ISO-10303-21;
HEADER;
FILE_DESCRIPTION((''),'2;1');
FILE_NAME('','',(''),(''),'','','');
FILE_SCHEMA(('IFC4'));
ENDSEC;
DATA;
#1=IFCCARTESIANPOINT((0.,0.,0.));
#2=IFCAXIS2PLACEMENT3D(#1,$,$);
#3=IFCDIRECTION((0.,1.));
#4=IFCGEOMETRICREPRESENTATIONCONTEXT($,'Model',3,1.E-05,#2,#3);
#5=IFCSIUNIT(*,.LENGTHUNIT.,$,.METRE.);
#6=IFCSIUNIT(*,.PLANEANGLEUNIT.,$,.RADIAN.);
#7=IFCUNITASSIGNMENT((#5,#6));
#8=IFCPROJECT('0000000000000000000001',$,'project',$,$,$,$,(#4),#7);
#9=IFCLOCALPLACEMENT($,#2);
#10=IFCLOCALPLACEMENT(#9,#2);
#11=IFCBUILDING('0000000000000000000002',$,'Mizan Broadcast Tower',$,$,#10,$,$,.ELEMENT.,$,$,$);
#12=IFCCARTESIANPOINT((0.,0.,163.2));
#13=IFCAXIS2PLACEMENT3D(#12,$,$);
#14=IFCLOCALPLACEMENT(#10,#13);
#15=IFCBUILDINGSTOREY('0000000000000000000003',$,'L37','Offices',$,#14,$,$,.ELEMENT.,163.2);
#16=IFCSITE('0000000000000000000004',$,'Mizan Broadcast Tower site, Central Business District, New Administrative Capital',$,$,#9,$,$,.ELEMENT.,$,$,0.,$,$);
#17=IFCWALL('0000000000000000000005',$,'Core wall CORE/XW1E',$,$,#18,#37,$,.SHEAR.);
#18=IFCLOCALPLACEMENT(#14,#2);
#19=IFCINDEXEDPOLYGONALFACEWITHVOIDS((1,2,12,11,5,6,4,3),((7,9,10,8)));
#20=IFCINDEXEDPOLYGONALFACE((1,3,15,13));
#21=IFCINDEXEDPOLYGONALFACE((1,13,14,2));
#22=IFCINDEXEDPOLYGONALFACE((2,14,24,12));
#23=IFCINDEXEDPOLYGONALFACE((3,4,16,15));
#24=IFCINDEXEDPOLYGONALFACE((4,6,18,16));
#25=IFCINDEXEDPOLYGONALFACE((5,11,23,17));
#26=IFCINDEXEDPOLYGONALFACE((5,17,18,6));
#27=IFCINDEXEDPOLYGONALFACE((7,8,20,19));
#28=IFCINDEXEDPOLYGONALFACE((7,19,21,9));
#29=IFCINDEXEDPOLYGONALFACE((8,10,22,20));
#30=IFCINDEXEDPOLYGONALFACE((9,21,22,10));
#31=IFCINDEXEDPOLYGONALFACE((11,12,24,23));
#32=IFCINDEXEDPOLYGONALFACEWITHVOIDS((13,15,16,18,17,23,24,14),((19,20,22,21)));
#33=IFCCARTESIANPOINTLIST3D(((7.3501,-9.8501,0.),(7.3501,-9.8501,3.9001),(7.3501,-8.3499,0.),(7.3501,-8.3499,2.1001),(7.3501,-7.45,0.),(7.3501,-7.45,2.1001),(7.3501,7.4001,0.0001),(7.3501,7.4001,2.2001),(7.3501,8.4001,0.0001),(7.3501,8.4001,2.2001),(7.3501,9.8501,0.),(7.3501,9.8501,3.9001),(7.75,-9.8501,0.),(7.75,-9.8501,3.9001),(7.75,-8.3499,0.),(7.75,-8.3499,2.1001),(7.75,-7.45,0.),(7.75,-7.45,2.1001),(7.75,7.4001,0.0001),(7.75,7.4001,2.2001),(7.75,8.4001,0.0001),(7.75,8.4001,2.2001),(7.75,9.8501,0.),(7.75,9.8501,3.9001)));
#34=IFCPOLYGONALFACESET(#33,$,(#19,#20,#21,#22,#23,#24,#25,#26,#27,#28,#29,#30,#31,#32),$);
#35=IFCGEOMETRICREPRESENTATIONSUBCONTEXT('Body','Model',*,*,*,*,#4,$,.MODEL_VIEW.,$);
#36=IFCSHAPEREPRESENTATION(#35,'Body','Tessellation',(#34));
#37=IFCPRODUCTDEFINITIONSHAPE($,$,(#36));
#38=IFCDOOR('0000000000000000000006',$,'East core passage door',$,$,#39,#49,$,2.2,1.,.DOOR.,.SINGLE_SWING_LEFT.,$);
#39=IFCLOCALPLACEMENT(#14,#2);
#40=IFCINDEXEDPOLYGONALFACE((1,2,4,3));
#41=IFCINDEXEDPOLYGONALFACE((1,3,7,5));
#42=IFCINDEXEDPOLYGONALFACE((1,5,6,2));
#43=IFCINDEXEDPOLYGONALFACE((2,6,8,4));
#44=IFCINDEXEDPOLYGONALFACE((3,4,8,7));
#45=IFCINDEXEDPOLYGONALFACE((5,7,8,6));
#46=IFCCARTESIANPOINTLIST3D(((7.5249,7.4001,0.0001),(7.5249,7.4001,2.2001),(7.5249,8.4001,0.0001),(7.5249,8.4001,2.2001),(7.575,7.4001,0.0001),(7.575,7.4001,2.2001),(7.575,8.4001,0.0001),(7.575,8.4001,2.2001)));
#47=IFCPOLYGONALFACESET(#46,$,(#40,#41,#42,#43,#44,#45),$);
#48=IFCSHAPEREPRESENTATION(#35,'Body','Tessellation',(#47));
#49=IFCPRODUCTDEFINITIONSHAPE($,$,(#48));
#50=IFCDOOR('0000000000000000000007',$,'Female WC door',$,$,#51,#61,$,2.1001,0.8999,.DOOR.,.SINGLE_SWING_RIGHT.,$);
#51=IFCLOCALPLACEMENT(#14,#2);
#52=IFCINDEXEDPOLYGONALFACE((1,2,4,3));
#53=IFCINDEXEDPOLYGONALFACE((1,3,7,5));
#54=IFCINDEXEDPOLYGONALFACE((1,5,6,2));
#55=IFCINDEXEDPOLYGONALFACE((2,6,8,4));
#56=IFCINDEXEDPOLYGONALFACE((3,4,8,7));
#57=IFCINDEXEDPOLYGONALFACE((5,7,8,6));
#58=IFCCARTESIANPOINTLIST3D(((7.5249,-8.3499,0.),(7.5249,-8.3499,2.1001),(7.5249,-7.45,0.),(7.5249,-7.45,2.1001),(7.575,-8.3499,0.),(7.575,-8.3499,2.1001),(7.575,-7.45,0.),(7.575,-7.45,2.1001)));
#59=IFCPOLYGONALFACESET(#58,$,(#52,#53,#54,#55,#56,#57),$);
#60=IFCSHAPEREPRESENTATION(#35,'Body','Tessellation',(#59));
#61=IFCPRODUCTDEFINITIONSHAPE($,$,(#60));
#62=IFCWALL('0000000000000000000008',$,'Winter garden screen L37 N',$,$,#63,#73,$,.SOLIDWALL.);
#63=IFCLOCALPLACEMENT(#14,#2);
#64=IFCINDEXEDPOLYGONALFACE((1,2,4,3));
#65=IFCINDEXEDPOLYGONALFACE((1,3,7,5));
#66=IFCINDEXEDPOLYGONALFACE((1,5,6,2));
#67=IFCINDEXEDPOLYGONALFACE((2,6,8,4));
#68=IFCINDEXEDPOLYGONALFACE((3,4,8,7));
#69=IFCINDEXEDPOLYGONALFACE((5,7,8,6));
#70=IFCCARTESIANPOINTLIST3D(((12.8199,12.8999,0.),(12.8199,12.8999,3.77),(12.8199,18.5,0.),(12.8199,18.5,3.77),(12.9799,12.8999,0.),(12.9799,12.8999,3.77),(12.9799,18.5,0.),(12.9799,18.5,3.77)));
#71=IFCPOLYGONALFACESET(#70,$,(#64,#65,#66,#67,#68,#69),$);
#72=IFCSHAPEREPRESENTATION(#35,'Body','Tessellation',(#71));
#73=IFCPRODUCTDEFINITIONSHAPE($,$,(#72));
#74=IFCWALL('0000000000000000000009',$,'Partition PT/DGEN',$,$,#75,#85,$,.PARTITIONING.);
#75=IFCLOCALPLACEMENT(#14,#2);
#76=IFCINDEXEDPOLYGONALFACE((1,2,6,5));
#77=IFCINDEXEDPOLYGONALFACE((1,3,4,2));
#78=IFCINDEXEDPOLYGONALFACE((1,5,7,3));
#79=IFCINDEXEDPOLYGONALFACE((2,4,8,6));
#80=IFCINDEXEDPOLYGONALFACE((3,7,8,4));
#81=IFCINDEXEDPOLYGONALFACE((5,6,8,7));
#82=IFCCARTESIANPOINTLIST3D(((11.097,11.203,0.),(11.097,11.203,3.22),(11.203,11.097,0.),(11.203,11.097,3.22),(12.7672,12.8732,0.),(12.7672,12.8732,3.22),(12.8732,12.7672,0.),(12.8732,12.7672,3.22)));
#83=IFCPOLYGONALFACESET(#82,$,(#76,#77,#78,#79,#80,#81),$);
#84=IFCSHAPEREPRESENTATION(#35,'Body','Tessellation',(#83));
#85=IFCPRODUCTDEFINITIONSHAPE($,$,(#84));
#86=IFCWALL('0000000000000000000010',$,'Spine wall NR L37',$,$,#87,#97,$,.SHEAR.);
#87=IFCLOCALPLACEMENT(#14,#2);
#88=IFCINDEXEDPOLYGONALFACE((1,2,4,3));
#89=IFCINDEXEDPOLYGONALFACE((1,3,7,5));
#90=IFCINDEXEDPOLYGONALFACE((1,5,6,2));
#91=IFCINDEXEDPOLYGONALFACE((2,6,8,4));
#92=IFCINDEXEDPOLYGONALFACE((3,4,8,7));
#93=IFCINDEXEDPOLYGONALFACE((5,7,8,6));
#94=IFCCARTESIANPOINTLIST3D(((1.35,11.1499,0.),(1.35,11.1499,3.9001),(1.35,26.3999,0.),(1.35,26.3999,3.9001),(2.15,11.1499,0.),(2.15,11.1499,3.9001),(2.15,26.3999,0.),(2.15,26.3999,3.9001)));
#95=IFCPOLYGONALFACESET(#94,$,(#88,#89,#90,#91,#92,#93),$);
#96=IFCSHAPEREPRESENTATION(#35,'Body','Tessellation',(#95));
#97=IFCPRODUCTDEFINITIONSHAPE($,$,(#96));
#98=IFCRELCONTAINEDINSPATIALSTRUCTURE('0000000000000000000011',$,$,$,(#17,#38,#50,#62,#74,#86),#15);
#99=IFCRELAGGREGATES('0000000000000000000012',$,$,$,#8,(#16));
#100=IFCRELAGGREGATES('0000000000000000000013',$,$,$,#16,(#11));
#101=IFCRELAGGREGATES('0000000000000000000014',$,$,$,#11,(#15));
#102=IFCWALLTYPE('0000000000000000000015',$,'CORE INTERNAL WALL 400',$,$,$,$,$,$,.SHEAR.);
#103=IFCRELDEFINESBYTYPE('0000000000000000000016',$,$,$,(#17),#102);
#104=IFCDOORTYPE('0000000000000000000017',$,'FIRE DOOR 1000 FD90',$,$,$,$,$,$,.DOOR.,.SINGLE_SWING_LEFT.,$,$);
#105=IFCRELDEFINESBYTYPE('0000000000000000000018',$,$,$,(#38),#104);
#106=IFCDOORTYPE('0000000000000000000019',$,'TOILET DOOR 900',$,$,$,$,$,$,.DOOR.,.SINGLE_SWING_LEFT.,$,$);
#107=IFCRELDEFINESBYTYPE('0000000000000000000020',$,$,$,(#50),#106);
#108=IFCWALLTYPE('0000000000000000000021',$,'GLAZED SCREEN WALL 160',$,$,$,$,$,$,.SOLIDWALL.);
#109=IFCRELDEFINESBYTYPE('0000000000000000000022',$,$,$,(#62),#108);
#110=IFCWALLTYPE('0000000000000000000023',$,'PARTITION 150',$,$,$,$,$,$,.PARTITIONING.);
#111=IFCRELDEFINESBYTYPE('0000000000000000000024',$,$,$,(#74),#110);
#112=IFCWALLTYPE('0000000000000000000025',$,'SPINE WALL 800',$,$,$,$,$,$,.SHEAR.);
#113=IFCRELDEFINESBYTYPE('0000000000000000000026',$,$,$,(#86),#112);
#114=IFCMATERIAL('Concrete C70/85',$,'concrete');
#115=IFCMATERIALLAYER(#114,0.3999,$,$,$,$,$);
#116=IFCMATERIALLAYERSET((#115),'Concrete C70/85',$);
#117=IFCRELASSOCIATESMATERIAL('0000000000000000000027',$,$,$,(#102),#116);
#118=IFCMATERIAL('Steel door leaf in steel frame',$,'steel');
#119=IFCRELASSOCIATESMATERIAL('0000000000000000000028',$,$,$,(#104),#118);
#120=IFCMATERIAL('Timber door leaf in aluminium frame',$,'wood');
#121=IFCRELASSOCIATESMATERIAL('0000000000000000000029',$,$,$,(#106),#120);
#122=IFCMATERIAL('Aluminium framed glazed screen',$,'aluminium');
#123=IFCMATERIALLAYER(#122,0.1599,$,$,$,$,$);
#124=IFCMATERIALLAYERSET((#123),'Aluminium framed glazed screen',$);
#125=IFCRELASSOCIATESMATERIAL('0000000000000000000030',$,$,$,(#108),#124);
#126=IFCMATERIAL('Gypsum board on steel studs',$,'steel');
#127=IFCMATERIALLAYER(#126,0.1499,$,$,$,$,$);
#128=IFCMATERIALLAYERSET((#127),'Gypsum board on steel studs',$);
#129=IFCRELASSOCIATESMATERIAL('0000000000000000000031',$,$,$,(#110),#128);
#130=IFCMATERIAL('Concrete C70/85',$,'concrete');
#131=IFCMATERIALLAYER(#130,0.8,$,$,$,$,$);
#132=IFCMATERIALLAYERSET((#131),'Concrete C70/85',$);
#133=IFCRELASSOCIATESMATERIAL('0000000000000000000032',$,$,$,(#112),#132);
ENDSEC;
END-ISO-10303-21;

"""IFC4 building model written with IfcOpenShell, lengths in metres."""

from ifc_helpers import new_model, si_unit, direction, frame, frame_2d, origin, place, context, subcontext, project, spatial, rectangle, extrude, material, layer, layer_set, type_object, element, fill, save


model = new_model("IFC4")

# Units and contexts
model_context = context("Model", 3, precision=1e-05, world=origin(), true_north=direction((0.0, 1.0)))
body_context = subcontext(model_context, "Body", "Model", "MODEL_VIEW")
ifc_project = project(units=[si_unit("LENGTHUNIT", "METRE"), si_unit("PLANEANGLEUNIT", "RADIAN")], contexts=[model_context])

# Site, building, storey
site_placement = place(None, origin())
site = spatial("IfcSite", under=ifc_project, at=site_placement, Name="Mizan Broadcast Tower site, Central Business District, New Administrative Capital", CompositionType="ELEMENT", RefElevation=0.0)
building_placement = place(site_placement, origin())
building = spatial("IfcBuilding", under=site, at=building_placement, Name="Mizan Broadcast Tower", CompositionType="ELEMENT")
storey_placement = place(building_placement, frame((0.0, 0.0, 163.2)))
storey = spatial("IfcBuildingStorey", under=building, at=storey_placement, Name="L37", Description="Offices", CompositionType="ELEMENT", Elevation=163.2)

# Wall, openings, doors
ifc_material_1 = material(Name="Concrete C70/85", Category="concrete")
ifc_layer_1 = layer(ifc_material_1, 0.3999)
ifc_layer_set_1 = layer_set([ifc_layer_1], Name="Concrete C70/85")
wall_type_1 = type_object("IfcWallType", Name="CORE INTERNAL WALL 400", PredefinedType="SHEAR", material=ifc_layer_set_1)
wall_1_placement = place(storey_placement, frame((7.55, 9.8501, 0.0), z_axis=(0.0, 0.0, 1.0), x_axis=(0.0, -1.0, 0.0)))
wall_1 = element("IfcWall", 1, at=wall_1_placement, inside=storey, type_object=wall_type_1, Name="Core wall CORE/XW1E", PredefinedType="SHEAR", context=body_context, shape_type="SweptSolid", body=[
    extrude(rectangle(XDim=19.7002, YDim=0.3999, at=frame_2d((9.8501, 0.0))), origin(), (0.0, 0.0, 1.0), 3.9001),
])
opening_1_placement = place(wall_1_placement, frame((1.45, 0.0, 0.0)))
opening_1 = element("IfcOpeningElement", 2, at=opening_1_placement, cuts=wall_1, PredefinedType="OPENING", context=body_context, shape_type="SweptSolid", body=[
    extrude(rectangle(XDim=1.0, YDim=2.2, at=frame_2d((0.5, 1.1001))), frame((0.0, 0.21, 0.0), z_axis=(0.0, -1.0, 0.0), x_axis=(1.0, 0.0, 0.0)), (0.0, 0.0, 1.0), 0.4199),
])
opening_2_placement = place(wall_1_placement, frame((17.3, 0.0, 0.0)))
opening_2 = element("IfcOpeningElement", 3, at=opening_2_placement, cuts=wall_1, PredefinedType="OPENING", context=body_context, shape_type="SweptSolid", body=[
    extrude(rectangle(XDim=0.8999, YDim=2.1001, at=frame_2d((0.45, 1.05))), frame((0.0, 0.21, 0.0), z_axis=(0.0, -1.0, 0.0), x_axis=(1.0, 0.0, 0.0)), (0.0, 0.0, 1.0), 0.4199),
])
ifc_material_2 = material(Name="Steel door leaf in steel frame", Category="steel")
door_type_1 = type_object("IfcDoorType", Name="FIRE DOOR 1000 FD90", OperationType="SINGLE_SWING_LEFT", PredefinedType="DOOR", material=ifc_material_2)
door_1_placement = place(opening_1_placement, origin())
door_1 = element("IfcDoor", 4, at=door_1_placement, inside=storey, type_object=door_type_1, Name="East core passage door", OperationType="SINGLE_SWING_LEFT", OverallHeight=2.2, OverallWidth=1.0, PredefinedType="DOOR", context=body_context, shape_type="SweptSolid", body=[
    extrude(rectangle(XDim=1.0, YDim=2.2, at=frame_2d((0.5, 1.1001))), frame((0.0, 0.0249, 0.0), z_axis=(0.0, -1.0, 0.0), x_axis=(1.0, 0.0, 0.0)), (0.0, 0.0, 1.0), 0.05),
])
fill(opening_1, door_1)
ifc_material_3 = material(Name="Timber door leaf in aluminium frame", Category="wood")
door_type_2 = type_object("IfcDoorType", Name="TOILET DOOR 900", OperationType="SINGLE_SWING_LEFT", PredefinedType="DOOR", material=ifc_material_3)
door_2_placement = place(opening_2_placement, origin())
door_2 = element("IfcDoor", 5, at=door_2_placement, inside=storey, type_object=door_type_2, Name="Female WC door", OperationType="SINGLE_SWING_RIGHT", OverallHeight=2.1001, OverallWidth=0.8999, PredefinedType="DOOR", context=body_context, shape_type="SweptSolid", body=[
    extrude(rectangle(XDim=0.8999, YDim=2.1001, at=frame_2d((0.45, 1.05))), frame((0.0, 0.0249, 0.0), z_axis=(0.0, -1.0, 0.0), x_axis=(1.0, 0.0, 0.0)), (0.0, 0.0, 1.0), 0.05),
])
fill(opening_2, door_2)

# Walls
ifc_material_4 = material(Name="Aluminium framed glazed screen", Category="aluminium")
ifc_layer_2 = layer(ifc_material_4, 0.1599)
ifc_layer_set_2 = layer_set([ifc_layer_2], Name="Aluminium framed glazed screen")
wall_type_2 = type_object("IfcWallType", Name="GLAZED SCREEN WALL 160", PredefinedType="SOLIDWALL", material=ifc_layer_set_2)
wall_2_placement = place(storey_placement, frame((12.8999, 12.8999, 0.0), z_axis=(0.0, 0.0, 1.0), x_axis=(0.0, 1.0, 0.0)))
element("IfcWall", 6, at=wall_2_placement, inside=storey, type_object=wall_type_2, Name="Winter garden screen L37 N", PredefinedType="SOLIDWALL", context=body_context, shape_type="SweptSolid", body=[
    extrude(rectangle(XDim=5.6001, YDim=0.1599, at=frame_2d((2.8, 0.0))), origin(), (0.0, 0.0, 1.0), 3.77),
])
ifc_material_5 = material(Name="Gypsum board on steel studs", Category="steel")
ifc_layer_3 = layer(ifc_material_5, 0.1499)
ifc_layer_set_3 = layer_set([ifc_layer_3], Name="Gypsum board on steel studs")
wall_type_3 = type_object("IfcWallType", Name="PARTITION 150", PredefinedType="PARTITIONING", material=ifc_layer_set_3)
wall_3_placement = place(storey_placement, frame((11.1499, 11.1499, 0.0), z_axis=(0.0, 0.0, 1.0), x_axis=(0.707107, 0.707107, 0.0)))
element("IfcWall", 7, at=wall_3_placement, inside=storey, type_object=wall_type_3, Name="Partition PT/DGEN", PredefinedType="PARTITIONING", context=body_context, shape_type="SweptSolid", body=[
    extrude(rectangle(XDim=2.3621, YDim=0.1499, at=frame_2d((1.1812, 0.0))), origin(), (0.0, 0.0, 1.0), 3.22),
])
ifc_material_6 = material(Name="Concrete C70/85", Category="concrete")
ifc_layer_4 = layer(ifc_material_6, 0.8)
ifc_layer_set_4 = layer_set([ifc_layer_4], Name="Concrete C70/85")
wall_type_4 = type_object("IfcWallType", Name="SPINE WALL 800", PredefinedType="SHEAR", material=ifc_layer_set_4)
wall_4_placement = place(storey_placement, frame((1.75, 11.1499, 0.0), z_axis=(0.0, 0.0, 1.0), x_axis=(0.0, 1.0, 0.0)))
element("IfcWall", 8, at=wall_4_placement, inside=storey, type_object=wall_type_4, Name="Spine wall NR L37", PredefinedType="SHEAR", context=body_context, shape_type="SweptSolid", body=[
    extrude(rectangle(XDim=15.25, YDim=0.8, at=frame_2d((7.625, 0.0))), origin(), (0.0, 0.0, 1.0), 3.9001),
])

save(model, "model.ifc")
